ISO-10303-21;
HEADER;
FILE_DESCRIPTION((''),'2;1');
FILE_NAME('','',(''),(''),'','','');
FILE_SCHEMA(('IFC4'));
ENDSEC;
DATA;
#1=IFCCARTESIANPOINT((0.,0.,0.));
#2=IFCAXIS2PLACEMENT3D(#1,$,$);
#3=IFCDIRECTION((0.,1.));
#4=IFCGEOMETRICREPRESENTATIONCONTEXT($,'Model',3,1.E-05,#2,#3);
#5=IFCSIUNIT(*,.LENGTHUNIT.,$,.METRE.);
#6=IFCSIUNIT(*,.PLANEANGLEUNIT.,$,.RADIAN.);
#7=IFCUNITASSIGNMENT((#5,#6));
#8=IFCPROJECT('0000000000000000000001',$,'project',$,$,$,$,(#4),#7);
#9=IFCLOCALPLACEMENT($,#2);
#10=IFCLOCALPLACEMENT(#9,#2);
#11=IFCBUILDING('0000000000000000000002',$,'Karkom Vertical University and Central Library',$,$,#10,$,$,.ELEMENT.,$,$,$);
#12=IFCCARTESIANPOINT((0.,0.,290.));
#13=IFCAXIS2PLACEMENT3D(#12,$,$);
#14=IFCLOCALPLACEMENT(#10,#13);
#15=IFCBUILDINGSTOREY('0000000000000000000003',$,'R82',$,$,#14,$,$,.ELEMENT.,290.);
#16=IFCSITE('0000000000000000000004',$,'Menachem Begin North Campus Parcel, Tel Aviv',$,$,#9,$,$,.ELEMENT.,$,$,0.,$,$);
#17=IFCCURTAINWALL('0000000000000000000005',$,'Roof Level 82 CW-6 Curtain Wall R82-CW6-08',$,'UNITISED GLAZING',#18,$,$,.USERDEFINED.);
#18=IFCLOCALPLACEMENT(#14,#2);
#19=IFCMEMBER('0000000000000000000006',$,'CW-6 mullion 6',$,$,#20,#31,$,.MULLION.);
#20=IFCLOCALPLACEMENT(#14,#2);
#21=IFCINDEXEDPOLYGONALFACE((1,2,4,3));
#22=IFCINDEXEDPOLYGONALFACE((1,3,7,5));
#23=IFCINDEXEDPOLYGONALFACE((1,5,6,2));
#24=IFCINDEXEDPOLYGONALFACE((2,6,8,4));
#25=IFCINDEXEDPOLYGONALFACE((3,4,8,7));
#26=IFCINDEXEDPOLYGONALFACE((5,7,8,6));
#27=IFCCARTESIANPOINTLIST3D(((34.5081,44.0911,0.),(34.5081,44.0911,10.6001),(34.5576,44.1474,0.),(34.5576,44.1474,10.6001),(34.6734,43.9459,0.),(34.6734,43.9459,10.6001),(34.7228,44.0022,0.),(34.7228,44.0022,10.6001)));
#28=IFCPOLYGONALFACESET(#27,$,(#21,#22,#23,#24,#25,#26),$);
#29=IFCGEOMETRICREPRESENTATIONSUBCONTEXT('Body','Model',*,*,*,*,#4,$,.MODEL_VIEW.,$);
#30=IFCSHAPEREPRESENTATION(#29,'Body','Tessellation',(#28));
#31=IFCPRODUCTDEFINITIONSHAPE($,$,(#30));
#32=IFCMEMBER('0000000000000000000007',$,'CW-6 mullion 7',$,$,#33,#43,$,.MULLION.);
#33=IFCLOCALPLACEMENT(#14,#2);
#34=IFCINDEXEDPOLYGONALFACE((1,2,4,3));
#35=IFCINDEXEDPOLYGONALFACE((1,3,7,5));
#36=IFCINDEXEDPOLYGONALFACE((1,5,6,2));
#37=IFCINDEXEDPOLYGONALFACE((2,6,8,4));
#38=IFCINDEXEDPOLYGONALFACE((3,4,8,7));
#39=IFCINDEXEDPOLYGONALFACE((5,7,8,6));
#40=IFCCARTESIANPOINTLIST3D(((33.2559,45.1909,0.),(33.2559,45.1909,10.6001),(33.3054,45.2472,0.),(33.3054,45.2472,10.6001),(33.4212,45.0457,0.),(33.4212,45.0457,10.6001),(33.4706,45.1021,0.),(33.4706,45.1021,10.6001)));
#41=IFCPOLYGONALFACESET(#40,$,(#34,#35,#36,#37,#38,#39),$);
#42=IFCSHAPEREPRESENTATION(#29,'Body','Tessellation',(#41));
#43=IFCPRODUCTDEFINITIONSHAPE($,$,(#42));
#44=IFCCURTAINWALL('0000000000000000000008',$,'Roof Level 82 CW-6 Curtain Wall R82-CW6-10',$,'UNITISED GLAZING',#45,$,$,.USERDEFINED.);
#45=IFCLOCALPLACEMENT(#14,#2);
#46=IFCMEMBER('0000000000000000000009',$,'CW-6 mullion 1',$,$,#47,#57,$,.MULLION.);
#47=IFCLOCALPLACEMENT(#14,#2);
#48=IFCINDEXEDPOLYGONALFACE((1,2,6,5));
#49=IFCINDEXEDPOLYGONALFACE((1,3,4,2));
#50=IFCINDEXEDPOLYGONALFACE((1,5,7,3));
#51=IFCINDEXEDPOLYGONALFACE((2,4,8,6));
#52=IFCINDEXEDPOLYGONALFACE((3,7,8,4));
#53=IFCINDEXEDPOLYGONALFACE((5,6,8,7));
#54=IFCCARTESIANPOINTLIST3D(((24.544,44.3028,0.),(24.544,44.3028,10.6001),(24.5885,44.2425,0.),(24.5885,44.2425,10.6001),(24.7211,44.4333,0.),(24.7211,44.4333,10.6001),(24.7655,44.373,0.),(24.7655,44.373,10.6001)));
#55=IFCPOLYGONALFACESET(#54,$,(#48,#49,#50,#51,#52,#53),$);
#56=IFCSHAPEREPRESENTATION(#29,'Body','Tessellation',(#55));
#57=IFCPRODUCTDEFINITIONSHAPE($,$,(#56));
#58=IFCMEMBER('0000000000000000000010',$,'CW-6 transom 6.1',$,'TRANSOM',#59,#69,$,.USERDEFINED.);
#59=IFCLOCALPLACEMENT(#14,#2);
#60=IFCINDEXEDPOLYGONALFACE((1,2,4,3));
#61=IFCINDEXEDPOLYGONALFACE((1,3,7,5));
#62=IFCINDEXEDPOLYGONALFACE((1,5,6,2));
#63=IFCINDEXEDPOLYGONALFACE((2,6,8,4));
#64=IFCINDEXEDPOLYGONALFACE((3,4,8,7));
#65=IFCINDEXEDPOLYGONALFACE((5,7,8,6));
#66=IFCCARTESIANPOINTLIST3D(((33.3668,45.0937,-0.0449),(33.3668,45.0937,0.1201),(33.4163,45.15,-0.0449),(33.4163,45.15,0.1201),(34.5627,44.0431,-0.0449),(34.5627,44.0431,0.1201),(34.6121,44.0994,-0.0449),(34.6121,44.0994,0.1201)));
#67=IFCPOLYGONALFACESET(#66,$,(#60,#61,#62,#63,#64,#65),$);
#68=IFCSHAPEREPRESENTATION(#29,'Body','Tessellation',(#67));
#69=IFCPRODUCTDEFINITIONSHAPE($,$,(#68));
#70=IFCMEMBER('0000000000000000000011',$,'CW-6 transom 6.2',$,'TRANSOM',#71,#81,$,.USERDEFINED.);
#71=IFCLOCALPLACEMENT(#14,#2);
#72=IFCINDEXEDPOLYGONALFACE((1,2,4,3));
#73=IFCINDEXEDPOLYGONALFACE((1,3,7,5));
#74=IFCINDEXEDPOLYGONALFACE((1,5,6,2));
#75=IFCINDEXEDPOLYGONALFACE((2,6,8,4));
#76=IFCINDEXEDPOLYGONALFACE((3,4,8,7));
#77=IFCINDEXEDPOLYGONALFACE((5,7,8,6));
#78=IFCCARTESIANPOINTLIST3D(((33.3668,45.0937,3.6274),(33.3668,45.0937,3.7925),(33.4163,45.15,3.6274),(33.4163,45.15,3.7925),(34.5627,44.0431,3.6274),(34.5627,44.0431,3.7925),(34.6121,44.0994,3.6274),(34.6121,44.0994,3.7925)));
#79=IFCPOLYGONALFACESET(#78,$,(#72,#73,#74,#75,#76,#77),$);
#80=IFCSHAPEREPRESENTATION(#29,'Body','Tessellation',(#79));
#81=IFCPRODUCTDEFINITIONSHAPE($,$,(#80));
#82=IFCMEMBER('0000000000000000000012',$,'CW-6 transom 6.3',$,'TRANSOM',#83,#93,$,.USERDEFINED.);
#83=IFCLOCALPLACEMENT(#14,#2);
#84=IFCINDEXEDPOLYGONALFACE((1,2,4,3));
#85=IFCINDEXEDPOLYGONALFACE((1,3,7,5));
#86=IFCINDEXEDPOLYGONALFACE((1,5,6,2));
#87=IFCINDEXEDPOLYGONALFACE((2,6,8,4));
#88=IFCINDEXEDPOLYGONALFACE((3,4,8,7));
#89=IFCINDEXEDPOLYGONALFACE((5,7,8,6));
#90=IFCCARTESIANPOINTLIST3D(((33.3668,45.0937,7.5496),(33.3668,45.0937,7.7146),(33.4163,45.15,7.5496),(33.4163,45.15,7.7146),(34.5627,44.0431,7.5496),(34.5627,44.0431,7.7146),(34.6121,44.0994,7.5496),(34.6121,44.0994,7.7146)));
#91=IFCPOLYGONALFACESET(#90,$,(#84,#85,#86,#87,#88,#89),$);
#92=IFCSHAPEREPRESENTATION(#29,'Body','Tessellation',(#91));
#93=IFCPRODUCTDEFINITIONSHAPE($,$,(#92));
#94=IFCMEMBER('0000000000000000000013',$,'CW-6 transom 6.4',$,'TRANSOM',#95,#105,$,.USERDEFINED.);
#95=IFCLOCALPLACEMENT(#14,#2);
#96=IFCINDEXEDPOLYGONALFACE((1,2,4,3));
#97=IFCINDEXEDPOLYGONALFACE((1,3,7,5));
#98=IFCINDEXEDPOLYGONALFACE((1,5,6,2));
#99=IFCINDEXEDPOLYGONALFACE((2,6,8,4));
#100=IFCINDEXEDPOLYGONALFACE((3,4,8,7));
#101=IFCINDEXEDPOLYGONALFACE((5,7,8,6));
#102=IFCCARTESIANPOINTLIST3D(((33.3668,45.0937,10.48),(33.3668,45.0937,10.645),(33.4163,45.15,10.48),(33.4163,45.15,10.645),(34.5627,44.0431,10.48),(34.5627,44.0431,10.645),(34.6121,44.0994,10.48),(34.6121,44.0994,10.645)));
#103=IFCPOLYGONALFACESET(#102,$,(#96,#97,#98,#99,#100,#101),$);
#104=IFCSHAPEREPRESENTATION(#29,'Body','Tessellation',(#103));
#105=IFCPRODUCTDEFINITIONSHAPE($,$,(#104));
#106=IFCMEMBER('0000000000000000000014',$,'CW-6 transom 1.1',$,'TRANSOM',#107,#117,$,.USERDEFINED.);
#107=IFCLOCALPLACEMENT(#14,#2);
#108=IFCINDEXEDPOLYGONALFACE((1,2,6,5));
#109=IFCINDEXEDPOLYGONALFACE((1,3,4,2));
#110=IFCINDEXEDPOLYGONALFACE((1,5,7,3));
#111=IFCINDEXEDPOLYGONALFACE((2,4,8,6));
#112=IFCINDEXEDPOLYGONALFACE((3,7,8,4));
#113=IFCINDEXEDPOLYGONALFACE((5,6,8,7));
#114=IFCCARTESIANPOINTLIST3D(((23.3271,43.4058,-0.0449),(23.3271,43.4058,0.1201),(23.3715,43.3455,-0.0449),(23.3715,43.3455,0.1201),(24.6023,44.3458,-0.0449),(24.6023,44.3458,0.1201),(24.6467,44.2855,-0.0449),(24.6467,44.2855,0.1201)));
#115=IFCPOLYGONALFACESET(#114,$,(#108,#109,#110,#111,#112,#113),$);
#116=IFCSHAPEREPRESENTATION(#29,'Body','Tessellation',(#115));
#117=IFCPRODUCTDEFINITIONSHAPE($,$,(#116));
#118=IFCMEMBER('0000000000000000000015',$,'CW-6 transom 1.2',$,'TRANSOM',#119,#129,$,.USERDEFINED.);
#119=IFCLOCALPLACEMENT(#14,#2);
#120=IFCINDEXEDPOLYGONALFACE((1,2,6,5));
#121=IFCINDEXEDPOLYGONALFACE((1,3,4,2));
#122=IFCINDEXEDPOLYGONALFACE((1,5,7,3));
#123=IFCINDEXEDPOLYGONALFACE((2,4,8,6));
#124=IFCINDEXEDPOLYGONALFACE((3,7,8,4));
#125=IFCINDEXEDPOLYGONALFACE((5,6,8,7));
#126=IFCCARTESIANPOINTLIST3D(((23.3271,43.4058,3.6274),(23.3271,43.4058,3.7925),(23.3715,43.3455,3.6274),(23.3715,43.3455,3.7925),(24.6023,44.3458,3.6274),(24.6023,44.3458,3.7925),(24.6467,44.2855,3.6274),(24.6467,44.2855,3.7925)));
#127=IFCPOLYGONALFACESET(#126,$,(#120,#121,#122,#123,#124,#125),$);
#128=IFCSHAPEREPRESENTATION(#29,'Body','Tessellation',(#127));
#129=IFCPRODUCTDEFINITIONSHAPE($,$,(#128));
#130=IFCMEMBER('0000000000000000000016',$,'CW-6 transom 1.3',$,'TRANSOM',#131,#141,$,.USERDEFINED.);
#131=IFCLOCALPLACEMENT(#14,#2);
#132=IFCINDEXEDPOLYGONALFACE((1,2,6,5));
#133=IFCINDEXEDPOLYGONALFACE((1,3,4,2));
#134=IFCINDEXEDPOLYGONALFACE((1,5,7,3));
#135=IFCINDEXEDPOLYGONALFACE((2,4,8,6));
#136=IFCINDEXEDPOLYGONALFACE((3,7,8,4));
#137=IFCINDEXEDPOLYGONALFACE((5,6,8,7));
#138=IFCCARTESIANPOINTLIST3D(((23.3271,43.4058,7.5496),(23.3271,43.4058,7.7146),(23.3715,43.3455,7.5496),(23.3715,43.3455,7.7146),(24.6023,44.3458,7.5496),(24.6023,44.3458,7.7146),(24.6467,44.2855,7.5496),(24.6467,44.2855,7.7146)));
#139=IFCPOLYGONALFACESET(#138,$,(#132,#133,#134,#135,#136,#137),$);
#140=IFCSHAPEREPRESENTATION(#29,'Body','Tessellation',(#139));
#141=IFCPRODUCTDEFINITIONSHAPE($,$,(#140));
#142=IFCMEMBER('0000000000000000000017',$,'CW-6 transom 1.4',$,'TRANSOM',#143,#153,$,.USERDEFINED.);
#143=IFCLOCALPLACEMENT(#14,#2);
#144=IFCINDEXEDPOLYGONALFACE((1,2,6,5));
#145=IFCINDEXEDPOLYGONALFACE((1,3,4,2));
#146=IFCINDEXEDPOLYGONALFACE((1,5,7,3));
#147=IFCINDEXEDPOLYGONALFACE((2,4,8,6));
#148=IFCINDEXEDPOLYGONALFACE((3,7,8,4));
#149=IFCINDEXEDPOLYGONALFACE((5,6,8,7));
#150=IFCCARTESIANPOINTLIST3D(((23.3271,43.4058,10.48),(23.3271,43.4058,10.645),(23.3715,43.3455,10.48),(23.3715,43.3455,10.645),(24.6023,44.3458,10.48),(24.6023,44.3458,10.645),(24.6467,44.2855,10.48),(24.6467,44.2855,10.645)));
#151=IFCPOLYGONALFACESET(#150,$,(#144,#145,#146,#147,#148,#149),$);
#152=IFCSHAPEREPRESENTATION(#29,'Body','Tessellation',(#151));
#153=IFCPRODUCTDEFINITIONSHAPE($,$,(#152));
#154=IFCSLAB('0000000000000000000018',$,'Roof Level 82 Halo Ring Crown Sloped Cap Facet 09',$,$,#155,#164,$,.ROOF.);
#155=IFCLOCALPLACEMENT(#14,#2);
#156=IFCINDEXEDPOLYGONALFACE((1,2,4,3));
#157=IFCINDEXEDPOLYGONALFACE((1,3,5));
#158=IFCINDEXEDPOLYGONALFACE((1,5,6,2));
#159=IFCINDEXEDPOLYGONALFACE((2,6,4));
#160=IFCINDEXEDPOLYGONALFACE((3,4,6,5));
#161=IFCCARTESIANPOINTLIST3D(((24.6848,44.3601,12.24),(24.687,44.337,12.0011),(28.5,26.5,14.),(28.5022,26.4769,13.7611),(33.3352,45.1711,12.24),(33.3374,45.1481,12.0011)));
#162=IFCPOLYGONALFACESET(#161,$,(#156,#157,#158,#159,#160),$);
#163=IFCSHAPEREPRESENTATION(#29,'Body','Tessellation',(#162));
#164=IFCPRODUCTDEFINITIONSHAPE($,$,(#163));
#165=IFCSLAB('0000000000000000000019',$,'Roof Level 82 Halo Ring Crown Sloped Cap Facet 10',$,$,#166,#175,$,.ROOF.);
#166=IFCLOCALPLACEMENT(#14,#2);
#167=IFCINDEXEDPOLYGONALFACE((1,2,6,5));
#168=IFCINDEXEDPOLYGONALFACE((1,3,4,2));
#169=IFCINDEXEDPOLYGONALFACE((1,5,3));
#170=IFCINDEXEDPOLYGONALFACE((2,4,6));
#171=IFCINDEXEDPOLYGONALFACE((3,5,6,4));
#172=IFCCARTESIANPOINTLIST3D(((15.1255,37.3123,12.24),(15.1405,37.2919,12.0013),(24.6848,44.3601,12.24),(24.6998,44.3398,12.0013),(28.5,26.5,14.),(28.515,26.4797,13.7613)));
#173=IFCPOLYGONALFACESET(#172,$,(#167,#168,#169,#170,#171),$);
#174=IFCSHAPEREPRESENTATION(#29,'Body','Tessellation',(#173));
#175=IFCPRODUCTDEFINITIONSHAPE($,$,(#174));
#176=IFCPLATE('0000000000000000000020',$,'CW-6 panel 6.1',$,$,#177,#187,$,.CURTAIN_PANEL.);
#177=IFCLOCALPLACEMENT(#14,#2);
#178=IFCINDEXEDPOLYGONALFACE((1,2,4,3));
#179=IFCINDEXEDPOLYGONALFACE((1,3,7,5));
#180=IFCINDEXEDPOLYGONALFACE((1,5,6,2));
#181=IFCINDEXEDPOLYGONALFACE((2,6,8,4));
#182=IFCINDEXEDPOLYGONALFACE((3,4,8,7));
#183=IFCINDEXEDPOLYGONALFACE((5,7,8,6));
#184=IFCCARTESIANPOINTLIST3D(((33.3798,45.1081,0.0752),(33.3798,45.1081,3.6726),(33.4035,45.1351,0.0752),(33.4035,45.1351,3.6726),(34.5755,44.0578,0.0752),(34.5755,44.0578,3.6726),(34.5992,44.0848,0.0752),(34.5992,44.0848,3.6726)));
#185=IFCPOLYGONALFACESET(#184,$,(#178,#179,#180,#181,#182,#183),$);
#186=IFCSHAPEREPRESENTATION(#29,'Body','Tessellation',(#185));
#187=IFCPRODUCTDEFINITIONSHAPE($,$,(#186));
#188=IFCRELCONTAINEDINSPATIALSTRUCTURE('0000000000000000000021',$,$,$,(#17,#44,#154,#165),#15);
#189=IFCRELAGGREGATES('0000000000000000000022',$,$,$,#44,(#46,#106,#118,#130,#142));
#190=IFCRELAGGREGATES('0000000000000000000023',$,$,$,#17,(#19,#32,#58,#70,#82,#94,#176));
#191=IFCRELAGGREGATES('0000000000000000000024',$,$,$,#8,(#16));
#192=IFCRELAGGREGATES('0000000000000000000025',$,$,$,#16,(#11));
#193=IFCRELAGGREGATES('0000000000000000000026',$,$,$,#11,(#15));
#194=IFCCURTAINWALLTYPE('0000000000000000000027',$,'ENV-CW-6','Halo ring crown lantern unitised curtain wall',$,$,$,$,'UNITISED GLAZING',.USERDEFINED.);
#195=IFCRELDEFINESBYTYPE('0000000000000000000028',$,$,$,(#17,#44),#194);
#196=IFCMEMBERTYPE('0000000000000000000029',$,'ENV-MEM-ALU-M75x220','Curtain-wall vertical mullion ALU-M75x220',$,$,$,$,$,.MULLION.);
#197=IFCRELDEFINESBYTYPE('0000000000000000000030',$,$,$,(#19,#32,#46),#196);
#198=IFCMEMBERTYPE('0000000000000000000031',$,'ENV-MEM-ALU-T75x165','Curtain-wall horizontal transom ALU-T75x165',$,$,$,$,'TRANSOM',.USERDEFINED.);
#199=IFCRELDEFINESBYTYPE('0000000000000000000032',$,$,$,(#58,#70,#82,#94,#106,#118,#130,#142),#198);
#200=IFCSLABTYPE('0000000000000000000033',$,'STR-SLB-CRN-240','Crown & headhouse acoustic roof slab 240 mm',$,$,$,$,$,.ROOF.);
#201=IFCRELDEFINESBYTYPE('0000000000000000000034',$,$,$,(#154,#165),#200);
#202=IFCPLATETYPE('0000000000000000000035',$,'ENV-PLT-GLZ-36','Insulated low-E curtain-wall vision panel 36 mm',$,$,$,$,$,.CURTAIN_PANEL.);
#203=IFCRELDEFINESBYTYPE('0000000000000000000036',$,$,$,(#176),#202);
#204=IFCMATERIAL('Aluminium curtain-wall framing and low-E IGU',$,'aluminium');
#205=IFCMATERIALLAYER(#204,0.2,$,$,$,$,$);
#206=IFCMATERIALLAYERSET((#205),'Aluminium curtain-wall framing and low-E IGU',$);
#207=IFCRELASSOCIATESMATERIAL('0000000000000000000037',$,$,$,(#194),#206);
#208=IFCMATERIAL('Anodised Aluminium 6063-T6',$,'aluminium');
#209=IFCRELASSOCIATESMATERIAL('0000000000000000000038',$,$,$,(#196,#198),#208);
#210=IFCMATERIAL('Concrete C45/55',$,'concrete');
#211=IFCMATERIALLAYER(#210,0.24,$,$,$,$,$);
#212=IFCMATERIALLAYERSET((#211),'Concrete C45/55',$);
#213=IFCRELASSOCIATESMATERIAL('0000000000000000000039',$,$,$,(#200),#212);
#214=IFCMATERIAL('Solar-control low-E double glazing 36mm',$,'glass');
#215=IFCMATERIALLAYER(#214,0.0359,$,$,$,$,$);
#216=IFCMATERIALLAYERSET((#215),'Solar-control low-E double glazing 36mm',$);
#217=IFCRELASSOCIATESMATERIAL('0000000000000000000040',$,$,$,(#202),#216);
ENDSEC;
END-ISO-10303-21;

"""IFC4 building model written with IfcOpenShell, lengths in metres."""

from ifc_helpers import new_model, si_unit, direction, frame, origin, origin_with_axes, origin_2d, place, context, subcontext, project, spatial, polyline, rectangle, outline, extrude, source, transform, mapped, material, layer, layer_set, material_profile, profile_set, type_object, element, aggregate, save


model = new_model("IFC4")

# Units and contexts
model_context = context("Model", 3, precision=1e-05, world=origin(), true_north=direction((0.0, 1.0)))
body_context = subcontext(model_context, "Body", "Model", "MODEL_VIEW")
ifc_project = project(units=[si_unit("LENGTHUNIT", "METRE"), si_unit("PLANEANGLEUNIT", "RADIAN")], contexts=[model_context])

# Site, building, storey
site_placement = place(None, origin())
site = spatial("IfcSite", under=ifc_project, at=site_placement, Name="Menachem Begin North Campus Parcel, Tel Aviv", CompositionType="ELEMENT", RefElevation=0.0)
building_placement = place(site_placement, origin())
building = spatial("IfcBuilding", under=site, at=building_placement, Name="Karkom Vertical University and Central Library", CompositionType="ELEMENT")
storey_placement = place(building_placement, frame((0.0, 0.0, 290.0)))
storey = spatial("IfcBuildingStorey", under=building, at=storey_placement, Name="R82", CompositionType="ELEMENT", Elevation=290.0)

# Shared definitions
ifc_material_1 = material(Name="Concrete C45/55", Category="concrete")

# Curtain wall, members
ifc_material_2 = material(Name="Aluminium curtain-wall framing and low-E IGU", Category="aluminium")
ifc_layer_1 = layer(ifc_material_2, 0.2)
ifc_layer_set_1 = layer_set([ifc_layer_1], Name="Aluminium curtain-wall framing and low-E IGU")
curtain_wall_type = type_object("IfcCurtainWallType", Name="ENV-CW-6", Description="Halo ring crown lantern unitised curtain wall", ElementType="UNITISED GLAZING", PredefinedType="USERDEFINED", material=ifc_layer_set_1)
curtain_wall_1_placement = place(storey_placement, origin())
curtain_wall_1 = element("IfcCurtainWall", 1, at=curtain_wall_1_placement, inside=storey, type_object=curtain_wall_type, Name="Roof Level 82 CW-6 Curtain Wall R82-CW6-08", ObjectType="UNITISED GLAZING", PredefinedType="USERDEFINED")
ifc_material_3 = material(Name="Anodised Aluminium 6063-T6", Category="aluminium")
ifc_material_profile_1 = material_profile(ifc_material_3, rectangle(XDim=0.075, YDim=0.22, at=origin_2d()), Name="ALU-M75x220")
ifc_profile_set_1 = profile_set([ifc_material_profile_1], Name="Anodised Aluminium 6063-T6")
member_type_1 = type_object("IfcMemberType", Name="ENV-MEM-ALU-M75x220", Description="Curtain-wall vertical mullion ALU-M75x220", PredefinedType="MULLION", material=ifc_profile_set_1)
shared_shape_1 = source(origin_with_axes(), body_context, "Body", "SweptSolid", [
    extrude(rectangle(XDim=0.075, YDim=0.22, at=origin_2d()), origin(), (0.0, 0.0, 1.0), 10.6001),
])
member_1_placement = place(storey_placement, frame((34.6155, 44.0466, 0.0), z_axis=(0.0, 0.0, 1.0), x_axis=(-0.659936, -0.751322, 0.0)))
member_1 = element("IfcMember", 2, at=member_1_placement, type_object=member_type_1, Name="CW-6 mullion 6", PredefinedType="MULLION", context=body_context, shape_type="MappedRepresentation", body=[
    mapped(shared_shape_1, transform((0.0, 0.0, 0.0), scale=1.0)),
])
member_2_placement = place(storey_placement, frame((33.3633, 45.1465, 0.0), z_axis=(0.0, 0.0, 1.0), x_axis=(-0.659936, -0.751322, 0.0)))
member_2 = element("IfcMember", 3, at=member_2_placement, type_object=member_type_1, Name="CW-6 mullion 7", PredefinedType="MULLION", context=body_context, shape_type="MappedRepresentation", body=[
    mapped(shared_shape_1, transform((0.0, 0.0, 0.0), scale=1.0)),
])

# Curtain wall, member
curtain_wall_2_placement = place(storey_placement, origin())
curtain_wall_2 = element("IfcCurtainWall", 4, at=curtain_wall_2_placement, inside=storey, type_object=curtain_wall_type, Name="Roof Level 82 CW-6 Curtain Wall R82-CW6-10", ObjectType="UNITISED GLAZING", PredefinedType="USERDEFINED")
member_3_placement = place(storey_placement, frame((24.6548, 44.3379, 0.0), z_axis=(0.0, 0.0, 1.0), x_axis=(0.593428, -0.804887, 0.0)))
member_3 = element("IfcMember", 5, at=member_3_placement, type_object=member_type_1, Name="CW-6 mullion 1", PredefinedType="MULLION", context=body_context, shape_type="MappedRepresentation", body=[
    mapped(shared_shape_1, transform((0.0, 0.0, 0.0), scale=1.0)),
])

# Members
ifc_material_profile_2 = material_profile(ifc_material_3, rectangle(XDim=0.075, YDim=0.165, at=origin_2d()), Name="ALU-T75x165")
ifc_profile_set_2 = profile_set([ifc_material_profile_2], Name="Anodised Aluminium 6063-T6")
member_type_2 = type_object("IfcMemberType", Name="ENV-MEM-ALU-T75x165", Description="Curtain-wall horizontal transom ALU-T75x165", ElementType="TRANSOM", PredefinedType="USERDEFINED", material=ifc_profile_set_2)
shared_shape_2 = source(origin_with_axes(), body_context, "Body", "SweptSolid", [
    extrude(rectangle(XDim=0.075, YDim=0.165, at=origin_2d()), origin(), (0.0, 0.0, 1.0), 1.5918),
])
member_4_placement = place(storey_placement, frame((34.5874, 44.0713, 0.0376), z_axis=(-0.751264, 0.660002, 0.0), x_axis=(-0.660002, -0.751264, 0.0)))
member_4 = element("IfcMember", 6, at=member_4_placement, type_object=member_type_2, Name="CW-6 transom 6.1", ObjectType="TRANSOM", PredefinedType="USERDEFINED", context=body_context, shape_type="MappedRepresentation", body=[
    mapped(shared_shape_2, transform((0.0, 0.0, 0.0), scale=1.0)),
])
member_5_placement = place(storey_placement, frame((34.5874, 44.0713, 3.71), z_axis=(-0.751264, 0.660002, 0.0), x_axis=(-0.660002, -0.751264, 0.0)))
member_5 = element("IfcMember", 7, at=member_5_placement, type_object=member_type_2, Name="CW-6 transom 6.2", ObjectType="TRANSOM", PredefinedType="USERDEFINED", context=body_context, shape_type="MappedRepresentation", body=[
    mapped(shared_shape_2, transform((0.0, 0.0, 0.0), scale=1.0)),
])
member_6_placement = place(storey_placement, frame((34.5874, 44.0713, 7.6321), z_axis=(-0.751264, 0.660002, 0.0), x_axis=(-0.660002, -0.751264, 0.0)))
member_6 = element("IfcMember", 8, at=member_6_placement, type_object=member_type_2, Name="CW-6 transom 6.3", ObjectType="TRANSOM", PredefinedType="USERDEFINED", context=body_context, shape_type="MappedRepresentation", body=[
    mapped(shared_shape_2, transform((0.0, 0.0, 0.0), scale=1.0)),
])
member_7_placement = place(storey_placement, frame((34.5874, 44.0713, 10.5625), z_axis=(-0.751264, 0.660002, 0.0), x_axis=(-0.660002, -0.751264, 0.0)))
member_7 = element("IfcMember", 9, at=member_7_placement, type_object=member_type_2, Name="CW-6 transom 6.4", ObjectType="TRANSOM", PredefinedType="USERDEFINED", context=body_context, shape_type="MappedRepresentation", body=[
    mapped(shared_shape_2, transform((0.0, 0.0, 0.0), scale=1.0)),
])
shared_shape_3 = source(origin_with_axes(), body_context, "Body", "SweptSolid", [
    extrude(rectangle(XDim=0.075, YDim=0.165, at=origin_2d()), origin(), (0.0, 0.0, 1.0), 1.5842),
])
member_8_placement = place(storey_placement, frame((24.6245, 44.3157, 0.0376), z_axis=(-0.804947, -0.593346, 0.0), x_axis=(0.593346, -0.804947, 0.0)))
member_8 = element("IfcMember", 10, at=member_8_placement, type_object=member_type_2, Name="CW-6 transom 1.1", ObjectType="TRANSOM", PredefinedType="USERDEFINED", context=body_context, shape_type="MappedRepresentation", body=[
    mapped(shared_shape_3, transform((0.0, 0.0, 0.0), scale=1.0)),
])
member_9_placement = place(storey_placement, frame((24.6245, 44.3157, 3.71), z_axis=(-0.804947, -0.593346, 0.0), x_axis=(0.593346, -0.804947, 0.0)))
member_9 = element("IfcMember", 11, at=member_9_placement, type_object=member_type_2, Name="CW-6 transom 1.2", ObjectType="TRANSOM", PredefinedType="USERDEFINED", context=body_context, shape_type="MappedRepresentation", body=[
    mapped(shared_shape_3, transform((0.0, 0.0, 0.0), scale=1.0)),
])
member_10_placement = place(storey_placement, frame((24.6245, 44.3157, 7.6321), z_axis=(-0.804947, -0.593346, 0.0), x_axis=(0.593346, -0.804947, 0.0)))
member_10 = element("IfcMember", 12, at=member_10_placement, type_object=member_type_2, Name="CW-6 transom 1.3", ObjectType="TRANSOM", PredefinedType="USERDEFINED", context=body_context, shape_type="MappedRepresentation", body=[
    mapped(shared_shape_3, transform((0.0, 0.0, 0.0), scale=1.0)),
])
member_11_placement = place(storey_placement, frame((24.6245, 44.3157, 10.5625), z_axis=(-0.804947, -0.593346, 0.0), x_axis=(0.593346, -0.804947, 0.0)))
member_11 = element("IfcMember", 13, at=member_11_placement, type_object=member_type_2, Name="CW-6 transom 1.4", ObjectType="TRANSOM", PredefinedType="USERDEFINED", context=body_context, shape_type="MappedRepresentation", body=[
    mapped(shared_shape_3, transform((0.0, 0.0, 0.0), scale=1.0)),
])
aggregate(curtain_wall_2, [member_3, member_8, member_9, member_10, member_11])

# Slabs
ifc_layer_2 = layer(ifc_material_1, 0.24)
ifc_layer_set_2 = layer_set([ifc_layer_2], Name="Concrete C45/55")
slab_type = type_object("IfcSlabType", Name="STR-SLB-CRN-240", Description="Crown & headhouse acoustic roof slab 240 mm", PredefinedType="ROOF", material=ifc_layer_set_2)
slab_1_placement = place(storey_placement, frame((33.3352, 45.1711, 12.24), z_axis=(-0.009015, 0.096158, 0.995325), x_axis=(-0.995634, -0.093348, 0.0)))
element("IfcSlab", 14, at=slab_1_placement, inside=storey, type_object=slab_type, Name="Roof Level 82 Halo Ring Crown Sloped Cap Facet 09", PredefinedType="ROOF", context=body_context, shape_type="SweptSolid", body=[
    extrude(outline(polyline([(0.0, 0.0), (8.6883, 0.0), (6.557, 18.2235), (0.0, 0.0)])), origin(), (0.0, 0.0, -1.0), 0.24),
])
slab_2_placement = place(storey_placement, frame((24.6848, 44.3601, 12.24), z_axis=(-0.06242, 0.084664, 0.994453), x_axis=(-0.804889, -0.593425, 0.0)))
element("IfcSlab", 15, at=slab_2_placement, inside=storey, type_object=slab_type, Name="Roof Level 82 Halo Ring Crown Sloped Cap Facet 10", PredefinedType="ROOF", context=body_context, shape_type="SweptSolid", body=[
    extrude(outline(polyline([(0.0, 0.0), (11.8766, 0.0), (7.5278, 16.7323), (0.0, 0.0)])), origin(), (0.0, 0.0, -1.0), 0.24),
])

# Plate
ifc_material_4 = material(Name="Solar-control low-E double glazing 36mm", Category="glass")
ifc_layer_3 = layer(ifc_material_4, 0.0359)
ifc_layer_set_3 = layer_set([ifc_layer_3], Name="Solar-control low-E double glazing 36mm")
plate_type = type_object("IfcPlateType", Name="ENV-PLT-GLZ-36", Description="Insulated low-E curtain-wall vision panel 36 mm", PredefinedType="CURTAIN_PANEL", material=ifc_layer_set_3)
shared_shape_4 = source(origin_with_axes(), body_context, "Body", "SweptSolid", [
    extrude(rectangle(XDim=1.5916, YDim=0.0359, at=origin_2d()), origin(), (0.0, 0.0, 1.0), 3.5974),
])
plate_1_placement = place(storey_placement, frame((33.9895, 44.5964, 0.0752), z_axis=(0.0, 0.0, 1.0), x_axis=(-0.751322, 0.659936, 0.0)))
plate_1 = element("IfcPlate", 16, at=plate_1_placement, type_object=plate_type, Name="CW-6 panel 6.1", PredefinedType="CURTAIN_PANEL", context=body_context, shape_type="MappedRepresentation", body=[
    mapped(shared_shape_4, transform((0.0, 0.0, 0.0), scale=1.0)),
])
aggregate(curtain_wall_1, [member_1, member_2, member_4, member_5, member_6, member_7, plate_1])

save(model, "model.ifc")
